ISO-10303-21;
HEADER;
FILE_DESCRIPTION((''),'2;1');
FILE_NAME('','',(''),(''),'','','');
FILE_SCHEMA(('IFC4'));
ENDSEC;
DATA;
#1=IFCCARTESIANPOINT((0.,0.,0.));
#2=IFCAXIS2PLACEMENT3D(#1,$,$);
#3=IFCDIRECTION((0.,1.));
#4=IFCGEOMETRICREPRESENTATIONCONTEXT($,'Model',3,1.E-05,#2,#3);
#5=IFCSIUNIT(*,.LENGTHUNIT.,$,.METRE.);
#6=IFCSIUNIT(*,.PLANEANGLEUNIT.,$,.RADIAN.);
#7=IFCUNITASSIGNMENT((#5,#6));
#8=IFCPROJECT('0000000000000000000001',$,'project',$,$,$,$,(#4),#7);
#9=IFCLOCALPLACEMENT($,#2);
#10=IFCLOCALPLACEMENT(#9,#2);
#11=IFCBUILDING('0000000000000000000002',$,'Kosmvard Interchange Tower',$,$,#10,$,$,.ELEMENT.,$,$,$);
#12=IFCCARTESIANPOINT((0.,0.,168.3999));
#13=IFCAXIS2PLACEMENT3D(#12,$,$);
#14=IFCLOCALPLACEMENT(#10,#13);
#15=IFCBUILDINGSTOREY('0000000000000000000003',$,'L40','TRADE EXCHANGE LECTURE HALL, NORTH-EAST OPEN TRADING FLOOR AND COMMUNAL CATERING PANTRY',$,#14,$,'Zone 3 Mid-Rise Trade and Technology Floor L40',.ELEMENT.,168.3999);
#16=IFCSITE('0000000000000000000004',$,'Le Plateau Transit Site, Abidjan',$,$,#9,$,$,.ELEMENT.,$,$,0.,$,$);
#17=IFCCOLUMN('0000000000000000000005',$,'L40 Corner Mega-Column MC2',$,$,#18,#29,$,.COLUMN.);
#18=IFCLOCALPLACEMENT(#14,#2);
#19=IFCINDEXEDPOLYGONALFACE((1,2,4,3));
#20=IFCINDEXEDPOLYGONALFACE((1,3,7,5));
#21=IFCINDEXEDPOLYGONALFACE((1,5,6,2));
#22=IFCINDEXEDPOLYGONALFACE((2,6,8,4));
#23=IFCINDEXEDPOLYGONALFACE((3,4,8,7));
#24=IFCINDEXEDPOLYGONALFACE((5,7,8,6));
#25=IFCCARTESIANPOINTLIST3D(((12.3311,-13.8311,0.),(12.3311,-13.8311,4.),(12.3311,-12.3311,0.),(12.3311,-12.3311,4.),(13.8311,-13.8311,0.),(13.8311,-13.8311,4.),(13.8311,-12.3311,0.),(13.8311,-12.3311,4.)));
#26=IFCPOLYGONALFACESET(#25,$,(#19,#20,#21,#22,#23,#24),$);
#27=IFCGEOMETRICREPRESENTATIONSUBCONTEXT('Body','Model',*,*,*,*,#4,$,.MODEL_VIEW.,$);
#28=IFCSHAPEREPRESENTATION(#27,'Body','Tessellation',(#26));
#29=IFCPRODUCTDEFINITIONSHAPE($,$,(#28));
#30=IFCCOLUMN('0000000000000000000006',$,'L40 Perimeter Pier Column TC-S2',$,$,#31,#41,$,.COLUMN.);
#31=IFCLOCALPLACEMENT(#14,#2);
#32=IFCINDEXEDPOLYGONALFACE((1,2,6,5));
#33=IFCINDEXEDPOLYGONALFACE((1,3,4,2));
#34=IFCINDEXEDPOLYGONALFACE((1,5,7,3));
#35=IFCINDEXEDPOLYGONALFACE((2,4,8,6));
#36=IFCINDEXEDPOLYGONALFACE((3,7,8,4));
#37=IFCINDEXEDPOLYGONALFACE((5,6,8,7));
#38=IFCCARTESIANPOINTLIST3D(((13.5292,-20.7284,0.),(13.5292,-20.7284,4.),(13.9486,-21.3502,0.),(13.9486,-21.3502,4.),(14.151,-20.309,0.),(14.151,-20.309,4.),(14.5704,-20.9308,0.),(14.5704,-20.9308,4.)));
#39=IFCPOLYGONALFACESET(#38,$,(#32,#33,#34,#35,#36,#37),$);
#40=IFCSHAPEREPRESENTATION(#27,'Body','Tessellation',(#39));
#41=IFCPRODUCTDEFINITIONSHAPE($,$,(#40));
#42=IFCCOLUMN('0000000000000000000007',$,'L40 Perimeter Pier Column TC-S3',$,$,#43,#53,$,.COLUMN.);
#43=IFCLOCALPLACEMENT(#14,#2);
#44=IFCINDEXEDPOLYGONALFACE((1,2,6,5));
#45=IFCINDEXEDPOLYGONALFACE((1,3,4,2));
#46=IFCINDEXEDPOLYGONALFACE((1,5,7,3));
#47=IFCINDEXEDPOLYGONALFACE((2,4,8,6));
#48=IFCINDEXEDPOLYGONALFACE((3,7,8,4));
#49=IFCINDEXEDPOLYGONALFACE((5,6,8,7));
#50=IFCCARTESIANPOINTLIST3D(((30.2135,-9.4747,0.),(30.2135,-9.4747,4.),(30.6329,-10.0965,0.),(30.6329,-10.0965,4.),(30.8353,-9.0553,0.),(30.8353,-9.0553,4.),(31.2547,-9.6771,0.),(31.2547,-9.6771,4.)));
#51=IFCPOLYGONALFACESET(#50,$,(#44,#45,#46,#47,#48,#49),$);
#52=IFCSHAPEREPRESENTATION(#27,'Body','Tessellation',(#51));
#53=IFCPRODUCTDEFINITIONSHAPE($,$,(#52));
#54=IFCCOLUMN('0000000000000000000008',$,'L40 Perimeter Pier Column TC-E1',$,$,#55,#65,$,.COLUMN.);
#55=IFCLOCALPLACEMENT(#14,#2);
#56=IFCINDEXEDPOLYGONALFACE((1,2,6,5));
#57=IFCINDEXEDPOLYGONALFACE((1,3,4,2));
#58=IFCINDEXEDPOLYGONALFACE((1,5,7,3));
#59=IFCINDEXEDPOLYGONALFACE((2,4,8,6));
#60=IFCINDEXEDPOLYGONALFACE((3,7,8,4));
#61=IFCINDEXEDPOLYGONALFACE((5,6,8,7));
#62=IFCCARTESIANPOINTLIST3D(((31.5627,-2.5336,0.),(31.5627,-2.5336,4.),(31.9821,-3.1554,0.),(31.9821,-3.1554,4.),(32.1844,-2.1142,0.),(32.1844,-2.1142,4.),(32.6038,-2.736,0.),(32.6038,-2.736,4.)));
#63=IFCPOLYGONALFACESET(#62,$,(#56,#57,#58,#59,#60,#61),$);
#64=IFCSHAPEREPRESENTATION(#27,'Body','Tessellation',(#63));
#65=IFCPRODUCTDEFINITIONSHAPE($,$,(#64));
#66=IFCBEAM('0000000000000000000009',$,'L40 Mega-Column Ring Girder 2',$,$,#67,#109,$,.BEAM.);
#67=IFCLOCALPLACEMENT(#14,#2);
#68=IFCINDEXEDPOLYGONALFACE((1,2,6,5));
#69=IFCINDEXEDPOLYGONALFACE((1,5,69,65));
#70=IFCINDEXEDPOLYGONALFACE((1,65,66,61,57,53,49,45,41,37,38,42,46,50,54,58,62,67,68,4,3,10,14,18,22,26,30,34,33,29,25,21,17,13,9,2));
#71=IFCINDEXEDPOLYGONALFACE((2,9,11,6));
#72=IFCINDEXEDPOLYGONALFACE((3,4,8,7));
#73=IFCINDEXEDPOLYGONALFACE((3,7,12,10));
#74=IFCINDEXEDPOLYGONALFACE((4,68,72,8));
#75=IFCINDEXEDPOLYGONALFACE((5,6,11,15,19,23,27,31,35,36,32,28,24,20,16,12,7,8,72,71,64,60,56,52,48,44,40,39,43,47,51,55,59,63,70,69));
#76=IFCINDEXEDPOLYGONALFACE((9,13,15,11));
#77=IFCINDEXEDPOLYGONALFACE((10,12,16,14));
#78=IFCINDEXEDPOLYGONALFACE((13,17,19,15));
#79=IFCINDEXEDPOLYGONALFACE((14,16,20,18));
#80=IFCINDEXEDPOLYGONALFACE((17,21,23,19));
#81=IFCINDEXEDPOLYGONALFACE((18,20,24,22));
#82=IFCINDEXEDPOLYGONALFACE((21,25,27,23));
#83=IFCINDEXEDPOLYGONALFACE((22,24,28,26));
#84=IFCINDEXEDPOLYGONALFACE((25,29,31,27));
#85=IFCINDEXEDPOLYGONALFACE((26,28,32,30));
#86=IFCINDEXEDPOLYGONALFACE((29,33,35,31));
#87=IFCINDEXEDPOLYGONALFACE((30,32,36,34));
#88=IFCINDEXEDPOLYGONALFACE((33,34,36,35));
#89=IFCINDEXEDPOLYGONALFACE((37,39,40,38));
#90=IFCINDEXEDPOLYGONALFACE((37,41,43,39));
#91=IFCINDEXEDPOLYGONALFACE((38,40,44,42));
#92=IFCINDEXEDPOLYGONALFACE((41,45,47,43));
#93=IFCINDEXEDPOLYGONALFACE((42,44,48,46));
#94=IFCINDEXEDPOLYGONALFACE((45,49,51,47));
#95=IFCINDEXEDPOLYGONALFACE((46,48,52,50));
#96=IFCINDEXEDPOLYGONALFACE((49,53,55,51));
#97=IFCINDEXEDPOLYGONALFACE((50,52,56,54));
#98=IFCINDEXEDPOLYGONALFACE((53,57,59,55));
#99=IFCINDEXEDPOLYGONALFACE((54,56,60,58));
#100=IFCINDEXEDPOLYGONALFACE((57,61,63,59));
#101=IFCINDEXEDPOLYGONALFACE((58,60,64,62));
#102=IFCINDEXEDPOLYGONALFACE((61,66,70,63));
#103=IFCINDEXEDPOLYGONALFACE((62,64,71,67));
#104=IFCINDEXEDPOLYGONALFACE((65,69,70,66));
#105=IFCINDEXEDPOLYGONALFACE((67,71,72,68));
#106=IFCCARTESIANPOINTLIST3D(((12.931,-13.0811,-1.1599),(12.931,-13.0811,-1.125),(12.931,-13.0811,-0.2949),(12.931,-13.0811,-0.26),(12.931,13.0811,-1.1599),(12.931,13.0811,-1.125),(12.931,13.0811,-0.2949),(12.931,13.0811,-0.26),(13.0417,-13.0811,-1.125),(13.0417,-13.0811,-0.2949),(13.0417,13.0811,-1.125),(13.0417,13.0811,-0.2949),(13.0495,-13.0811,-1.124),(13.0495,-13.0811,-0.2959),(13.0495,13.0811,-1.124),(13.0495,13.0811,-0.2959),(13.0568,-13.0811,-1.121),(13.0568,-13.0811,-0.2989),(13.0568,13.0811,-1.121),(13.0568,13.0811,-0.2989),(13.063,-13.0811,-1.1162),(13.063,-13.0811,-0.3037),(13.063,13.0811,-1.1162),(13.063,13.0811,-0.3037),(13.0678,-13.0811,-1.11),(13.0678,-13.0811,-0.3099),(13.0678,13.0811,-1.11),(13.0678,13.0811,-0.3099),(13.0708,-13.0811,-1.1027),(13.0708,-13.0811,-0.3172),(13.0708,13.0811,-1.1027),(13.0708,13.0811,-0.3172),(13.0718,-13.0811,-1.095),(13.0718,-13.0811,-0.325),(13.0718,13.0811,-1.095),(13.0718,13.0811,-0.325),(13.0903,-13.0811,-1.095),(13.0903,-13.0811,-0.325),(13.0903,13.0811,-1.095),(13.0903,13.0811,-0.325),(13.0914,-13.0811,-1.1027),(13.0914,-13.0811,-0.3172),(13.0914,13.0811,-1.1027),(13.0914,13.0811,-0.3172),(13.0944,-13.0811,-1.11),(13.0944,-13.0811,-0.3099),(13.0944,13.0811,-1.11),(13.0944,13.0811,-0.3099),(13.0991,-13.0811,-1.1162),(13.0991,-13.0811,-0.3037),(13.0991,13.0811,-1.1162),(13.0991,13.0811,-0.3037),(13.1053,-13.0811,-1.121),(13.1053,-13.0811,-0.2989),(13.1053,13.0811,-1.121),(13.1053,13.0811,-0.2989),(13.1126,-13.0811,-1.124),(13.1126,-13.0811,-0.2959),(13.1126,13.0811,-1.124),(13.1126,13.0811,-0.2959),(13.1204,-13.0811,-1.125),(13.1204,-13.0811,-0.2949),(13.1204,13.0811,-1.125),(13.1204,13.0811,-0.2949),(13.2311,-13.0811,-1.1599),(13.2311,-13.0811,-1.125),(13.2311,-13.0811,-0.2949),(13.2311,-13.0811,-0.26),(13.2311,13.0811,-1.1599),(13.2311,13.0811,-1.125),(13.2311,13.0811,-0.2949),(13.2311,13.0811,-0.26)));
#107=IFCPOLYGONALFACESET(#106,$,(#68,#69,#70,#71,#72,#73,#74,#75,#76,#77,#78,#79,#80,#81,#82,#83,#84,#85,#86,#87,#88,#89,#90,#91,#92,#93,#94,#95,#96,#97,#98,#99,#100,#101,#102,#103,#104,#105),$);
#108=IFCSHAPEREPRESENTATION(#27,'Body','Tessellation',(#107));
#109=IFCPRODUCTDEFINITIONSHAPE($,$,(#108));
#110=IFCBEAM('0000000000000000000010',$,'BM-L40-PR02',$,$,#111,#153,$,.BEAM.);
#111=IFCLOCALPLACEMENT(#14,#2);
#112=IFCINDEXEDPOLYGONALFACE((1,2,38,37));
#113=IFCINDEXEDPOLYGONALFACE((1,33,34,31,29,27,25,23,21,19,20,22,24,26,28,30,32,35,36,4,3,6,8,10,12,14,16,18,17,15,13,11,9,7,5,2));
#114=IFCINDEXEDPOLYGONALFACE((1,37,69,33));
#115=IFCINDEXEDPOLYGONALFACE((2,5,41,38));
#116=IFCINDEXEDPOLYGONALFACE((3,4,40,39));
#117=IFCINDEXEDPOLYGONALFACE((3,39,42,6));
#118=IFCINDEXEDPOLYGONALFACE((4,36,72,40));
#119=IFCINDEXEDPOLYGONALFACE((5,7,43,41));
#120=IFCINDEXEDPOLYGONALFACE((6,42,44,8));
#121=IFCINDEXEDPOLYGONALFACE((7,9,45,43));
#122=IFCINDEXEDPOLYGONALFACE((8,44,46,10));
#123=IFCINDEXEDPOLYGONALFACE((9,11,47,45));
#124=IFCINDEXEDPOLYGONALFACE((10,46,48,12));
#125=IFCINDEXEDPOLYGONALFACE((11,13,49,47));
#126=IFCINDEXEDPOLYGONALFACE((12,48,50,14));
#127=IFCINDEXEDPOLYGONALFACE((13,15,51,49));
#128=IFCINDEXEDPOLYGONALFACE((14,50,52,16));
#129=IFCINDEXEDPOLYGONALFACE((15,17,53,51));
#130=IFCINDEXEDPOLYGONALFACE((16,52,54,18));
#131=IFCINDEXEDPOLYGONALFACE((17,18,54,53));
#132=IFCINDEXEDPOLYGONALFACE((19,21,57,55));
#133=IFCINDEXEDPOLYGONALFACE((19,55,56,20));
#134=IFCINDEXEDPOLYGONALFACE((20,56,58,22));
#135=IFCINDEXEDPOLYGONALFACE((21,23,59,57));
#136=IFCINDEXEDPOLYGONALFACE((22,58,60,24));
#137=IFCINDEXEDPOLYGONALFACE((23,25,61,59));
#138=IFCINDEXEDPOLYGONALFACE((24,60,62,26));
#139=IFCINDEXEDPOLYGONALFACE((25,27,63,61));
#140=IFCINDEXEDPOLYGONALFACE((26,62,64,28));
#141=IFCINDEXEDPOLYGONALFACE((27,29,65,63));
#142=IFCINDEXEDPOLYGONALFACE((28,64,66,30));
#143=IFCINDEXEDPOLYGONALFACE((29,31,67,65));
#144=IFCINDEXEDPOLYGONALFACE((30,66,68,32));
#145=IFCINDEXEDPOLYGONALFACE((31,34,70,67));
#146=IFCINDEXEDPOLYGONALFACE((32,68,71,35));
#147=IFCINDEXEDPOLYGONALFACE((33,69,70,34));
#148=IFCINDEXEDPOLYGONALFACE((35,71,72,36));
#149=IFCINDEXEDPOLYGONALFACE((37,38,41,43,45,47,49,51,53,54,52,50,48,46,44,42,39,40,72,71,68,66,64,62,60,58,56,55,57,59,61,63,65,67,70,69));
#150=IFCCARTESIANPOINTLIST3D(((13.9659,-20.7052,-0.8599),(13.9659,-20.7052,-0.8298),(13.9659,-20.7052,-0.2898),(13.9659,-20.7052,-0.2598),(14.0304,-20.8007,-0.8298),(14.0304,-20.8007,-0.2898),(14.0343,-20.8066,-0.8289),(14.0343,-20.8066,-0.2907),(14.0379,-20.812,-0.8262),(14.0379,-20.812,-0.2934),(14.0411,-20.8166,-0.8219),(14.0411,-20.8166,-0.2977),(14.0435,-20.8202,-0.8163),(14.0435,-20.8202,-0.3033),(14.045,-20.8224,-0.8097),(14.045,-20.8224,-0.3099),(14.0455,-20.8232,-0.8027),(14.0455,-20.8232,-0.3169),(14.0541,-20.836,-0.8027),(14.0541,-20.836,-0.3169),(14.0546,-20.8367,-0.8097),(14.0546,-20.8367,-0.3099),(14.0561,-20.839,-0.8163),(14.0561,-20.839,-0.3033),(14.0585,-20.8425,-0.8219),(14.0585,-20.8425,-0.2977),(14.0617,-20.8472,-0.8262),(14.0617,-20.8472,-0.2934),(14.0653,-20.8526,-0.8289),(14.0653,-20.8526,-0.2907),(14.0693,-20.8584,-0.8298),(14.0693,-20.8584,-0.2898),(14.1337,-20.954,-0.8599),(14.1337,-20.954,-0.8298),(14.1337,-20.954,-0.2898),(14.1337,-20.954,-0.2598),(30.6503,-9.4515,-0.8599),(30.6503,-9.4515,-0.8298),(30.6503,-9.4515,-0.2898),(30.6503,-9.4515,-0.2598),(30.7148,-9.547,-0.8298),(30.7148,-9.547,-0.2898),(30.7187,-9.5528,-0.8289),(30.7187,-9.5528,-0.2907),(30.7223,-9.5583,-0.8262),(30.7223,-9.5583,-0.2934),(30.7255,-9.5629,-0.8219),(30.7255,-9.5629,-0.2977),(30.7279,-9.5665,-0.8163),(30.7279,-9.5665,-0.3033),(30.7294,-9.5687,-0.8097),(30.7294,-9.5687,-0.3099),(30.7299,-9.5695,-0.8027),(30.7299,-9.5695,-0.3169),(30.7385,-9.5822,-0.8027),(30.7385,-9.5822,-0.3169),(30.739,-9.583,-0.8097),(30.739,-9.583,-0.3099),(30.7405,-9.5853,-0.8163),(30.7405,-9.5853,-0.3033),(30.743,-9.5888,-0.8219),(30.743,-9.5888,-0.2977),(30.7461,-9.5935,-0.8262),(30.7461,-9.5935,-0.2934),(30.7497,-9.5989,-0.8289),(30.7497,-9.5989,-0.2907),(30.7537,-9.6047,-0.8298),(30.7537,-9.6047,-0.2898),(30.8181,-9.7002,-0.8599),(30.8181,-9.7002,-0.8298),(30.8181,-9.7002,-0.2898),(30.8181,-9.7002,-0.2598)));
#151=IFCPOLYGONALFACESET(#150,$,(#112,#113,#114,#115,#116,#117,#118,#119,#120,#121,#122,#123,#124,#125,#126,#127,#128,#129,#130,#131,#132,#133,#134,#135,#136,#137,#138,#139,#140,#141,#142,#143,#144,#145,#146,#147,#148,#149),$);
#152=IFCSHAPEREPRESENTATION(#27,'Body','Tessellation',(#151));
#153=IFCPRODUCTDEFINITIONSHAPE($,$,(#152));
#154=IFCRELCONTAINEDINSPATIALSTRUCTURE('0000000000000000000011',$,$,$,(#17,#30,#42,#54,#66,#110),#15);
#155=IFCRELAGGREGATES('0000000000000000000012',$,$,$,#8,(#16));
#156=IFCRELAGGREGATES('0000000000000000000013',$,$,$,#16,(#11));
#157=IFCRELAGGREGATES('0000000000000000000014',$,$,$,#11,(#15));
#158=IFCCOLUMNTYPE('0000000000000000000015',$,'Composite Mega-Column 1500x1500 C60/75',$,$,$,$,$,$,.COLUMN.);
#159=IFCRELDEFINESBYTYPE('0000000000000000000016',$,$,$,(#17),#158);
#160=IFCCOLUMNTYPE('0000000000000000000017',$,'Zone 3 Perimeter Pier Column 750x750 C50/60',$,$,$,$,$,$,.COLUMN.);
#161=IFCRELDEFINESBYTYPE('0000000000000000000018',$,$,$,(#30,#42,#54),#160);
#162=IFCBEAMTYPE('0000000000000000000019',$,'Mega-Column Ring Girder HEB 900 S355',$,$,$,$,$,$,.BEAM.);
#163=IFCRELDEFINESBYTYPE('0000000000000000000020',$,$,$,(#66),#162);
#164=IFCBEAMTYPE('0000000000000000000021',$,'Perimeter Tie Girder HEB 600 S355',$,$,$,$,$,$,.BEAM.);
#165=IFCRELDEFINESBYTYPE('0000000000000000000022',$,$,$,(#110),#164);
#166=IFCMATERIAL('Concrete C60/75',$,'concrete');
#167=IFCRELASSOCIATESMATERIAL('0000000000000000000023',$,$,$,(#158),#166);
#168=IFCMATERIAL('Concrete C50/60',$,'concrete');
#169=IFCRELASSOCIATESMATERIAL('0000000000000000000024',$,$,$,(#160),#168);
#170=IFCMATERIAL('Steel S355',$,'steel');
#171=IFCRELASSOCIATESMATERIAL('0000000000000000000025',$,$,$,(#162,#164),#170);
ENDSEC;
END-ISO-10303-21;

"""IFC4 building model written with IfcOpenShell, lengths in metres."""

from ifc_helpers import new_model, si_unit, direction, frame, origin, origin_2d, place, context, subcontext, project, spatial, rectangle, i_section, extrude, source, transform, mapped, material, material_profile, profile_set, type_object, element, save


model = new_model("IFC4")

# Units and contexts
model_context = context("Model", 3, precision=1e-05, world=origin(), true_north=direction((0.0, 1.0)))
body_context = subcontext(model_context, "Body", "Model", "MODEL_VIEW")
ifc_project = project(units=[si_unit("LENGTHUNIT", "METRE"), si_unit("PLANEANGLEUNIT", "RADIAN")], contexts=[model_context])

# Site, building, storey
site_placement = place(None, origin())
site = spatial("IfcSite", under=ifc_project, at=site_placement, Name="Le Plateau Transit Site, Abidjan", CompositionType="ELEMENT", RefElevation=0.0)
building_placement = place(site_placement, origin())
building = spatial("IfcBuilding", under=site, at=building_placement, Name="Kosmvard Interchange Tower", CompositionType="ELEMENT")
storey_placement = place(building_placement, frame((0.0, 0.0, 168.3999)))
storey = spatial("IfcBuildingStorey", under=building, at=storey_placement, Name="L40", Description="TRADE EXCHANGE LECTURE HALL, NORTH-EAST OPEN TRADING FLOOR AND COMMUNAL CATERING PANTRY", LongName="Zone 3 Mid-Rise Trade and Technology Floor L40", CompositionType="ELEMENT", Elevation=168.3999)

# Columns
ifc_material_1 = material(Name="Concrete C60/75", Category="concrete")
ifc_material_profile_1 = material_profile(ifc_material_1, rectangle(XDim=1.5, YDim=1.5, at=origin_2d()), Name="MC 1500x1500")
ifc_profile_set_1 = profile_set([ifc_material_profile_1], Name="Concrete C60/75")
column_type_1 = type_object("IfcColumnType", Name="Composite Mega-Column 1500x1500 C60/75", PredefinedType="COLUMN", material=ifc_profile_set_1)
shared_shape_1 = source(origin(), body_context, "Body", "SweptSolid", [
    extrude(rectangle(XDim=1.5, YDim=1.5, at=origin_2d()), origin(), (0.0, 0.0, 1.0), 4.0),
])
column_placement = place(storey_placement, frame((13.0811, -13.0811, 0.0), z_axis=(0.0, 0.0, 1.0), x_axis=(1.0, 0.0, 0.0)))
element("IfcColumn", 1, at=column_placement, inside=storey, type_object=column_type_1, Name="L40 Corner Mega-Column MC2", PredefinedType="COLUMN", context=body_context, shape_type="MappedRepresentation", body=[
    mapped(shared_shape_1, transform((0.0, 0.0, 0.0), scale=1.0)),
])
ifc_material_2 = material(Name="Concrete C50/60", Category="concrete")
ifc_material_profile_2 = material_profile(ifc_material_2, rectangle(XDim=0.75, YDim=0.75, at=origin_2d()), Name="TC 750x750")
ifc_profile_set_2 = profile_set([ifc_material_profile_2], Name="Concrete C50/60")
column_type_2 = type_object("IfcColumnType", Name="Zone 3 Perimeter Pier Column 750x750 C50/60", PredefinedType="COLUMN", material=ifc_profile_set_2)
shared_shape_2 = source(origin(), body_context, "Body", "SweptSolid", [
    extrude(rectangle(XDim=0.75, YDim=0.75, at=origin_2d()), origin(), (0.0, 0.0, 1.0), 4.0),
])
for number, where, z_axis, x_axis, name in (
    (2, (14.0498, -20.8296, 0.0), (0.0, 0.0, 1.0), (0.829038, 0.559193, 0.0), "L40 Perimeter Pier Column TC-S2"),
    (3, (30.7341, -9.5759, 0.0), (0.0, 0.0, 1.0), (0.829038, 0.559193, 0.0), "L40 Perimeter Pier Column TC-S3"),
    (4, (32.0833, -2.6348, 0.0), (0.0, 0.0, 1.0), (0.829038, 0.559193, 0.0), "L40 Perimeter Pier Column TC-E1"),
):
    element("IfcColumn", number, at=place(storey_placement, frame(where, z_axis=z_axis, x_axis=x_axis)), inside=storey, type_object=column_type_2, Name=name, PredefinedType="COLUMN", context=body_context, shape_type="MappedRepresentation", body=[
        mapped(shared_shape_2, transform((0.0, 0.0, 0.0), scale=1.0)),
    ])

# Beams
ifc_material_3 = material(Name="Steel S355", Category="steel")
ifc_material_profile_3 = material_profile(ifc_material_3, i_section(OverallWidth=0.3, OverallDepth=0.8999, WebThickness=0.0186, FlangeThickness=0.0349, FilletRadius=0.03, at=origin_2d()), Name="HEB 900")
ifc_profile_set_3 = profile_set([ifc_material_profile_3], Name="Steel S355")
beam_type_1 = type_object("IfcBeamType", Name="Mega-Column Ring Girder HEB 900 S355", PredefinedType="BEAM", material=ifc_profile_set_3)
shared_shape_3 = source(origin(), body_context, "Body", "SweptSolid", [
    extrude(i_section(OverallWidth=0.3, OverallDepth=0.8999, WebThickness=0.0186, FlangeThickness=0.0349, FilletRadius=0.03, at=origin_2d()), origin(), (0.0, 0.0, 1.0), 26.1621),
])
beam_1_placement = place(storey_placement, frame((13.0811, -13.0811, -0.71), z_axis=(0.0, 1.0, 0.0), x_axis=(-1.0, 0.0, 0.0)))
element("IfcBeam", 5, at=beam_1_placement, inside=storey, type_object=beam_type_1, Name="L40 Mega-Column Ring Girder 2", PredefinedType="BEAM", context=body_context, shape_type="MappedRepresentation", body=[
    mapped(shared_shape_3, transform((0.0, 0.0, 0.0), scale=1.0)),
])
ifc_material_profile_4 = material_profile(ifc_material_3, i_section(OverallWidth=0.3, OverallDepth=0.6001, WebThickness=0.0154, FlangeThickness=0.03, FilletRadius=0.0271, at=origin_2d()), Name="HEB 600")
ifc_profile_set_4 = profile_set([ifc_material_profile_4], Name="Steel S355")
beam_type_2 = type_object("IfcBeamType", Name="Perimeter Tie Girder HEB 600 S355", PredefinedType="BEAM", material=ifc_profile_set_4)
shared_shape_4 = source(origin(), body_context, "Body", "SweptSolid", [
    extrude(i_section(OverallWidth=0.3, OverallDepth=0.6001, WebThickness=0.0154, FlangeThickness=0.03, FilletRadius=0.0271, at=origin_2d()), origin(), (0.0, 0.0, 1.0), 20.125),
])
for number, where, z_axis, x_axis, name in (
    (6, (14.0498, -20.8296, -0.5598), (0.829039, 0.559191, 0.0), (-0.559191, 0.829039, 0.0), "BM-L40-PR02"),
):
    element("IfcBeam", number, at=place(storey_placement, frame(where, z_axis=z_axis, x_axis=x_axis)), inside=storey, type_object=beam_type_2, Name=name, PredefinedType="BEAM", context=body_context, shape_type="MappedRepresentation", body=[
        mapped(shared_shape_4, transform((0.0, 0.0, 0.0), scale=1.0)),
    ])

save(model, "model.ifc")
